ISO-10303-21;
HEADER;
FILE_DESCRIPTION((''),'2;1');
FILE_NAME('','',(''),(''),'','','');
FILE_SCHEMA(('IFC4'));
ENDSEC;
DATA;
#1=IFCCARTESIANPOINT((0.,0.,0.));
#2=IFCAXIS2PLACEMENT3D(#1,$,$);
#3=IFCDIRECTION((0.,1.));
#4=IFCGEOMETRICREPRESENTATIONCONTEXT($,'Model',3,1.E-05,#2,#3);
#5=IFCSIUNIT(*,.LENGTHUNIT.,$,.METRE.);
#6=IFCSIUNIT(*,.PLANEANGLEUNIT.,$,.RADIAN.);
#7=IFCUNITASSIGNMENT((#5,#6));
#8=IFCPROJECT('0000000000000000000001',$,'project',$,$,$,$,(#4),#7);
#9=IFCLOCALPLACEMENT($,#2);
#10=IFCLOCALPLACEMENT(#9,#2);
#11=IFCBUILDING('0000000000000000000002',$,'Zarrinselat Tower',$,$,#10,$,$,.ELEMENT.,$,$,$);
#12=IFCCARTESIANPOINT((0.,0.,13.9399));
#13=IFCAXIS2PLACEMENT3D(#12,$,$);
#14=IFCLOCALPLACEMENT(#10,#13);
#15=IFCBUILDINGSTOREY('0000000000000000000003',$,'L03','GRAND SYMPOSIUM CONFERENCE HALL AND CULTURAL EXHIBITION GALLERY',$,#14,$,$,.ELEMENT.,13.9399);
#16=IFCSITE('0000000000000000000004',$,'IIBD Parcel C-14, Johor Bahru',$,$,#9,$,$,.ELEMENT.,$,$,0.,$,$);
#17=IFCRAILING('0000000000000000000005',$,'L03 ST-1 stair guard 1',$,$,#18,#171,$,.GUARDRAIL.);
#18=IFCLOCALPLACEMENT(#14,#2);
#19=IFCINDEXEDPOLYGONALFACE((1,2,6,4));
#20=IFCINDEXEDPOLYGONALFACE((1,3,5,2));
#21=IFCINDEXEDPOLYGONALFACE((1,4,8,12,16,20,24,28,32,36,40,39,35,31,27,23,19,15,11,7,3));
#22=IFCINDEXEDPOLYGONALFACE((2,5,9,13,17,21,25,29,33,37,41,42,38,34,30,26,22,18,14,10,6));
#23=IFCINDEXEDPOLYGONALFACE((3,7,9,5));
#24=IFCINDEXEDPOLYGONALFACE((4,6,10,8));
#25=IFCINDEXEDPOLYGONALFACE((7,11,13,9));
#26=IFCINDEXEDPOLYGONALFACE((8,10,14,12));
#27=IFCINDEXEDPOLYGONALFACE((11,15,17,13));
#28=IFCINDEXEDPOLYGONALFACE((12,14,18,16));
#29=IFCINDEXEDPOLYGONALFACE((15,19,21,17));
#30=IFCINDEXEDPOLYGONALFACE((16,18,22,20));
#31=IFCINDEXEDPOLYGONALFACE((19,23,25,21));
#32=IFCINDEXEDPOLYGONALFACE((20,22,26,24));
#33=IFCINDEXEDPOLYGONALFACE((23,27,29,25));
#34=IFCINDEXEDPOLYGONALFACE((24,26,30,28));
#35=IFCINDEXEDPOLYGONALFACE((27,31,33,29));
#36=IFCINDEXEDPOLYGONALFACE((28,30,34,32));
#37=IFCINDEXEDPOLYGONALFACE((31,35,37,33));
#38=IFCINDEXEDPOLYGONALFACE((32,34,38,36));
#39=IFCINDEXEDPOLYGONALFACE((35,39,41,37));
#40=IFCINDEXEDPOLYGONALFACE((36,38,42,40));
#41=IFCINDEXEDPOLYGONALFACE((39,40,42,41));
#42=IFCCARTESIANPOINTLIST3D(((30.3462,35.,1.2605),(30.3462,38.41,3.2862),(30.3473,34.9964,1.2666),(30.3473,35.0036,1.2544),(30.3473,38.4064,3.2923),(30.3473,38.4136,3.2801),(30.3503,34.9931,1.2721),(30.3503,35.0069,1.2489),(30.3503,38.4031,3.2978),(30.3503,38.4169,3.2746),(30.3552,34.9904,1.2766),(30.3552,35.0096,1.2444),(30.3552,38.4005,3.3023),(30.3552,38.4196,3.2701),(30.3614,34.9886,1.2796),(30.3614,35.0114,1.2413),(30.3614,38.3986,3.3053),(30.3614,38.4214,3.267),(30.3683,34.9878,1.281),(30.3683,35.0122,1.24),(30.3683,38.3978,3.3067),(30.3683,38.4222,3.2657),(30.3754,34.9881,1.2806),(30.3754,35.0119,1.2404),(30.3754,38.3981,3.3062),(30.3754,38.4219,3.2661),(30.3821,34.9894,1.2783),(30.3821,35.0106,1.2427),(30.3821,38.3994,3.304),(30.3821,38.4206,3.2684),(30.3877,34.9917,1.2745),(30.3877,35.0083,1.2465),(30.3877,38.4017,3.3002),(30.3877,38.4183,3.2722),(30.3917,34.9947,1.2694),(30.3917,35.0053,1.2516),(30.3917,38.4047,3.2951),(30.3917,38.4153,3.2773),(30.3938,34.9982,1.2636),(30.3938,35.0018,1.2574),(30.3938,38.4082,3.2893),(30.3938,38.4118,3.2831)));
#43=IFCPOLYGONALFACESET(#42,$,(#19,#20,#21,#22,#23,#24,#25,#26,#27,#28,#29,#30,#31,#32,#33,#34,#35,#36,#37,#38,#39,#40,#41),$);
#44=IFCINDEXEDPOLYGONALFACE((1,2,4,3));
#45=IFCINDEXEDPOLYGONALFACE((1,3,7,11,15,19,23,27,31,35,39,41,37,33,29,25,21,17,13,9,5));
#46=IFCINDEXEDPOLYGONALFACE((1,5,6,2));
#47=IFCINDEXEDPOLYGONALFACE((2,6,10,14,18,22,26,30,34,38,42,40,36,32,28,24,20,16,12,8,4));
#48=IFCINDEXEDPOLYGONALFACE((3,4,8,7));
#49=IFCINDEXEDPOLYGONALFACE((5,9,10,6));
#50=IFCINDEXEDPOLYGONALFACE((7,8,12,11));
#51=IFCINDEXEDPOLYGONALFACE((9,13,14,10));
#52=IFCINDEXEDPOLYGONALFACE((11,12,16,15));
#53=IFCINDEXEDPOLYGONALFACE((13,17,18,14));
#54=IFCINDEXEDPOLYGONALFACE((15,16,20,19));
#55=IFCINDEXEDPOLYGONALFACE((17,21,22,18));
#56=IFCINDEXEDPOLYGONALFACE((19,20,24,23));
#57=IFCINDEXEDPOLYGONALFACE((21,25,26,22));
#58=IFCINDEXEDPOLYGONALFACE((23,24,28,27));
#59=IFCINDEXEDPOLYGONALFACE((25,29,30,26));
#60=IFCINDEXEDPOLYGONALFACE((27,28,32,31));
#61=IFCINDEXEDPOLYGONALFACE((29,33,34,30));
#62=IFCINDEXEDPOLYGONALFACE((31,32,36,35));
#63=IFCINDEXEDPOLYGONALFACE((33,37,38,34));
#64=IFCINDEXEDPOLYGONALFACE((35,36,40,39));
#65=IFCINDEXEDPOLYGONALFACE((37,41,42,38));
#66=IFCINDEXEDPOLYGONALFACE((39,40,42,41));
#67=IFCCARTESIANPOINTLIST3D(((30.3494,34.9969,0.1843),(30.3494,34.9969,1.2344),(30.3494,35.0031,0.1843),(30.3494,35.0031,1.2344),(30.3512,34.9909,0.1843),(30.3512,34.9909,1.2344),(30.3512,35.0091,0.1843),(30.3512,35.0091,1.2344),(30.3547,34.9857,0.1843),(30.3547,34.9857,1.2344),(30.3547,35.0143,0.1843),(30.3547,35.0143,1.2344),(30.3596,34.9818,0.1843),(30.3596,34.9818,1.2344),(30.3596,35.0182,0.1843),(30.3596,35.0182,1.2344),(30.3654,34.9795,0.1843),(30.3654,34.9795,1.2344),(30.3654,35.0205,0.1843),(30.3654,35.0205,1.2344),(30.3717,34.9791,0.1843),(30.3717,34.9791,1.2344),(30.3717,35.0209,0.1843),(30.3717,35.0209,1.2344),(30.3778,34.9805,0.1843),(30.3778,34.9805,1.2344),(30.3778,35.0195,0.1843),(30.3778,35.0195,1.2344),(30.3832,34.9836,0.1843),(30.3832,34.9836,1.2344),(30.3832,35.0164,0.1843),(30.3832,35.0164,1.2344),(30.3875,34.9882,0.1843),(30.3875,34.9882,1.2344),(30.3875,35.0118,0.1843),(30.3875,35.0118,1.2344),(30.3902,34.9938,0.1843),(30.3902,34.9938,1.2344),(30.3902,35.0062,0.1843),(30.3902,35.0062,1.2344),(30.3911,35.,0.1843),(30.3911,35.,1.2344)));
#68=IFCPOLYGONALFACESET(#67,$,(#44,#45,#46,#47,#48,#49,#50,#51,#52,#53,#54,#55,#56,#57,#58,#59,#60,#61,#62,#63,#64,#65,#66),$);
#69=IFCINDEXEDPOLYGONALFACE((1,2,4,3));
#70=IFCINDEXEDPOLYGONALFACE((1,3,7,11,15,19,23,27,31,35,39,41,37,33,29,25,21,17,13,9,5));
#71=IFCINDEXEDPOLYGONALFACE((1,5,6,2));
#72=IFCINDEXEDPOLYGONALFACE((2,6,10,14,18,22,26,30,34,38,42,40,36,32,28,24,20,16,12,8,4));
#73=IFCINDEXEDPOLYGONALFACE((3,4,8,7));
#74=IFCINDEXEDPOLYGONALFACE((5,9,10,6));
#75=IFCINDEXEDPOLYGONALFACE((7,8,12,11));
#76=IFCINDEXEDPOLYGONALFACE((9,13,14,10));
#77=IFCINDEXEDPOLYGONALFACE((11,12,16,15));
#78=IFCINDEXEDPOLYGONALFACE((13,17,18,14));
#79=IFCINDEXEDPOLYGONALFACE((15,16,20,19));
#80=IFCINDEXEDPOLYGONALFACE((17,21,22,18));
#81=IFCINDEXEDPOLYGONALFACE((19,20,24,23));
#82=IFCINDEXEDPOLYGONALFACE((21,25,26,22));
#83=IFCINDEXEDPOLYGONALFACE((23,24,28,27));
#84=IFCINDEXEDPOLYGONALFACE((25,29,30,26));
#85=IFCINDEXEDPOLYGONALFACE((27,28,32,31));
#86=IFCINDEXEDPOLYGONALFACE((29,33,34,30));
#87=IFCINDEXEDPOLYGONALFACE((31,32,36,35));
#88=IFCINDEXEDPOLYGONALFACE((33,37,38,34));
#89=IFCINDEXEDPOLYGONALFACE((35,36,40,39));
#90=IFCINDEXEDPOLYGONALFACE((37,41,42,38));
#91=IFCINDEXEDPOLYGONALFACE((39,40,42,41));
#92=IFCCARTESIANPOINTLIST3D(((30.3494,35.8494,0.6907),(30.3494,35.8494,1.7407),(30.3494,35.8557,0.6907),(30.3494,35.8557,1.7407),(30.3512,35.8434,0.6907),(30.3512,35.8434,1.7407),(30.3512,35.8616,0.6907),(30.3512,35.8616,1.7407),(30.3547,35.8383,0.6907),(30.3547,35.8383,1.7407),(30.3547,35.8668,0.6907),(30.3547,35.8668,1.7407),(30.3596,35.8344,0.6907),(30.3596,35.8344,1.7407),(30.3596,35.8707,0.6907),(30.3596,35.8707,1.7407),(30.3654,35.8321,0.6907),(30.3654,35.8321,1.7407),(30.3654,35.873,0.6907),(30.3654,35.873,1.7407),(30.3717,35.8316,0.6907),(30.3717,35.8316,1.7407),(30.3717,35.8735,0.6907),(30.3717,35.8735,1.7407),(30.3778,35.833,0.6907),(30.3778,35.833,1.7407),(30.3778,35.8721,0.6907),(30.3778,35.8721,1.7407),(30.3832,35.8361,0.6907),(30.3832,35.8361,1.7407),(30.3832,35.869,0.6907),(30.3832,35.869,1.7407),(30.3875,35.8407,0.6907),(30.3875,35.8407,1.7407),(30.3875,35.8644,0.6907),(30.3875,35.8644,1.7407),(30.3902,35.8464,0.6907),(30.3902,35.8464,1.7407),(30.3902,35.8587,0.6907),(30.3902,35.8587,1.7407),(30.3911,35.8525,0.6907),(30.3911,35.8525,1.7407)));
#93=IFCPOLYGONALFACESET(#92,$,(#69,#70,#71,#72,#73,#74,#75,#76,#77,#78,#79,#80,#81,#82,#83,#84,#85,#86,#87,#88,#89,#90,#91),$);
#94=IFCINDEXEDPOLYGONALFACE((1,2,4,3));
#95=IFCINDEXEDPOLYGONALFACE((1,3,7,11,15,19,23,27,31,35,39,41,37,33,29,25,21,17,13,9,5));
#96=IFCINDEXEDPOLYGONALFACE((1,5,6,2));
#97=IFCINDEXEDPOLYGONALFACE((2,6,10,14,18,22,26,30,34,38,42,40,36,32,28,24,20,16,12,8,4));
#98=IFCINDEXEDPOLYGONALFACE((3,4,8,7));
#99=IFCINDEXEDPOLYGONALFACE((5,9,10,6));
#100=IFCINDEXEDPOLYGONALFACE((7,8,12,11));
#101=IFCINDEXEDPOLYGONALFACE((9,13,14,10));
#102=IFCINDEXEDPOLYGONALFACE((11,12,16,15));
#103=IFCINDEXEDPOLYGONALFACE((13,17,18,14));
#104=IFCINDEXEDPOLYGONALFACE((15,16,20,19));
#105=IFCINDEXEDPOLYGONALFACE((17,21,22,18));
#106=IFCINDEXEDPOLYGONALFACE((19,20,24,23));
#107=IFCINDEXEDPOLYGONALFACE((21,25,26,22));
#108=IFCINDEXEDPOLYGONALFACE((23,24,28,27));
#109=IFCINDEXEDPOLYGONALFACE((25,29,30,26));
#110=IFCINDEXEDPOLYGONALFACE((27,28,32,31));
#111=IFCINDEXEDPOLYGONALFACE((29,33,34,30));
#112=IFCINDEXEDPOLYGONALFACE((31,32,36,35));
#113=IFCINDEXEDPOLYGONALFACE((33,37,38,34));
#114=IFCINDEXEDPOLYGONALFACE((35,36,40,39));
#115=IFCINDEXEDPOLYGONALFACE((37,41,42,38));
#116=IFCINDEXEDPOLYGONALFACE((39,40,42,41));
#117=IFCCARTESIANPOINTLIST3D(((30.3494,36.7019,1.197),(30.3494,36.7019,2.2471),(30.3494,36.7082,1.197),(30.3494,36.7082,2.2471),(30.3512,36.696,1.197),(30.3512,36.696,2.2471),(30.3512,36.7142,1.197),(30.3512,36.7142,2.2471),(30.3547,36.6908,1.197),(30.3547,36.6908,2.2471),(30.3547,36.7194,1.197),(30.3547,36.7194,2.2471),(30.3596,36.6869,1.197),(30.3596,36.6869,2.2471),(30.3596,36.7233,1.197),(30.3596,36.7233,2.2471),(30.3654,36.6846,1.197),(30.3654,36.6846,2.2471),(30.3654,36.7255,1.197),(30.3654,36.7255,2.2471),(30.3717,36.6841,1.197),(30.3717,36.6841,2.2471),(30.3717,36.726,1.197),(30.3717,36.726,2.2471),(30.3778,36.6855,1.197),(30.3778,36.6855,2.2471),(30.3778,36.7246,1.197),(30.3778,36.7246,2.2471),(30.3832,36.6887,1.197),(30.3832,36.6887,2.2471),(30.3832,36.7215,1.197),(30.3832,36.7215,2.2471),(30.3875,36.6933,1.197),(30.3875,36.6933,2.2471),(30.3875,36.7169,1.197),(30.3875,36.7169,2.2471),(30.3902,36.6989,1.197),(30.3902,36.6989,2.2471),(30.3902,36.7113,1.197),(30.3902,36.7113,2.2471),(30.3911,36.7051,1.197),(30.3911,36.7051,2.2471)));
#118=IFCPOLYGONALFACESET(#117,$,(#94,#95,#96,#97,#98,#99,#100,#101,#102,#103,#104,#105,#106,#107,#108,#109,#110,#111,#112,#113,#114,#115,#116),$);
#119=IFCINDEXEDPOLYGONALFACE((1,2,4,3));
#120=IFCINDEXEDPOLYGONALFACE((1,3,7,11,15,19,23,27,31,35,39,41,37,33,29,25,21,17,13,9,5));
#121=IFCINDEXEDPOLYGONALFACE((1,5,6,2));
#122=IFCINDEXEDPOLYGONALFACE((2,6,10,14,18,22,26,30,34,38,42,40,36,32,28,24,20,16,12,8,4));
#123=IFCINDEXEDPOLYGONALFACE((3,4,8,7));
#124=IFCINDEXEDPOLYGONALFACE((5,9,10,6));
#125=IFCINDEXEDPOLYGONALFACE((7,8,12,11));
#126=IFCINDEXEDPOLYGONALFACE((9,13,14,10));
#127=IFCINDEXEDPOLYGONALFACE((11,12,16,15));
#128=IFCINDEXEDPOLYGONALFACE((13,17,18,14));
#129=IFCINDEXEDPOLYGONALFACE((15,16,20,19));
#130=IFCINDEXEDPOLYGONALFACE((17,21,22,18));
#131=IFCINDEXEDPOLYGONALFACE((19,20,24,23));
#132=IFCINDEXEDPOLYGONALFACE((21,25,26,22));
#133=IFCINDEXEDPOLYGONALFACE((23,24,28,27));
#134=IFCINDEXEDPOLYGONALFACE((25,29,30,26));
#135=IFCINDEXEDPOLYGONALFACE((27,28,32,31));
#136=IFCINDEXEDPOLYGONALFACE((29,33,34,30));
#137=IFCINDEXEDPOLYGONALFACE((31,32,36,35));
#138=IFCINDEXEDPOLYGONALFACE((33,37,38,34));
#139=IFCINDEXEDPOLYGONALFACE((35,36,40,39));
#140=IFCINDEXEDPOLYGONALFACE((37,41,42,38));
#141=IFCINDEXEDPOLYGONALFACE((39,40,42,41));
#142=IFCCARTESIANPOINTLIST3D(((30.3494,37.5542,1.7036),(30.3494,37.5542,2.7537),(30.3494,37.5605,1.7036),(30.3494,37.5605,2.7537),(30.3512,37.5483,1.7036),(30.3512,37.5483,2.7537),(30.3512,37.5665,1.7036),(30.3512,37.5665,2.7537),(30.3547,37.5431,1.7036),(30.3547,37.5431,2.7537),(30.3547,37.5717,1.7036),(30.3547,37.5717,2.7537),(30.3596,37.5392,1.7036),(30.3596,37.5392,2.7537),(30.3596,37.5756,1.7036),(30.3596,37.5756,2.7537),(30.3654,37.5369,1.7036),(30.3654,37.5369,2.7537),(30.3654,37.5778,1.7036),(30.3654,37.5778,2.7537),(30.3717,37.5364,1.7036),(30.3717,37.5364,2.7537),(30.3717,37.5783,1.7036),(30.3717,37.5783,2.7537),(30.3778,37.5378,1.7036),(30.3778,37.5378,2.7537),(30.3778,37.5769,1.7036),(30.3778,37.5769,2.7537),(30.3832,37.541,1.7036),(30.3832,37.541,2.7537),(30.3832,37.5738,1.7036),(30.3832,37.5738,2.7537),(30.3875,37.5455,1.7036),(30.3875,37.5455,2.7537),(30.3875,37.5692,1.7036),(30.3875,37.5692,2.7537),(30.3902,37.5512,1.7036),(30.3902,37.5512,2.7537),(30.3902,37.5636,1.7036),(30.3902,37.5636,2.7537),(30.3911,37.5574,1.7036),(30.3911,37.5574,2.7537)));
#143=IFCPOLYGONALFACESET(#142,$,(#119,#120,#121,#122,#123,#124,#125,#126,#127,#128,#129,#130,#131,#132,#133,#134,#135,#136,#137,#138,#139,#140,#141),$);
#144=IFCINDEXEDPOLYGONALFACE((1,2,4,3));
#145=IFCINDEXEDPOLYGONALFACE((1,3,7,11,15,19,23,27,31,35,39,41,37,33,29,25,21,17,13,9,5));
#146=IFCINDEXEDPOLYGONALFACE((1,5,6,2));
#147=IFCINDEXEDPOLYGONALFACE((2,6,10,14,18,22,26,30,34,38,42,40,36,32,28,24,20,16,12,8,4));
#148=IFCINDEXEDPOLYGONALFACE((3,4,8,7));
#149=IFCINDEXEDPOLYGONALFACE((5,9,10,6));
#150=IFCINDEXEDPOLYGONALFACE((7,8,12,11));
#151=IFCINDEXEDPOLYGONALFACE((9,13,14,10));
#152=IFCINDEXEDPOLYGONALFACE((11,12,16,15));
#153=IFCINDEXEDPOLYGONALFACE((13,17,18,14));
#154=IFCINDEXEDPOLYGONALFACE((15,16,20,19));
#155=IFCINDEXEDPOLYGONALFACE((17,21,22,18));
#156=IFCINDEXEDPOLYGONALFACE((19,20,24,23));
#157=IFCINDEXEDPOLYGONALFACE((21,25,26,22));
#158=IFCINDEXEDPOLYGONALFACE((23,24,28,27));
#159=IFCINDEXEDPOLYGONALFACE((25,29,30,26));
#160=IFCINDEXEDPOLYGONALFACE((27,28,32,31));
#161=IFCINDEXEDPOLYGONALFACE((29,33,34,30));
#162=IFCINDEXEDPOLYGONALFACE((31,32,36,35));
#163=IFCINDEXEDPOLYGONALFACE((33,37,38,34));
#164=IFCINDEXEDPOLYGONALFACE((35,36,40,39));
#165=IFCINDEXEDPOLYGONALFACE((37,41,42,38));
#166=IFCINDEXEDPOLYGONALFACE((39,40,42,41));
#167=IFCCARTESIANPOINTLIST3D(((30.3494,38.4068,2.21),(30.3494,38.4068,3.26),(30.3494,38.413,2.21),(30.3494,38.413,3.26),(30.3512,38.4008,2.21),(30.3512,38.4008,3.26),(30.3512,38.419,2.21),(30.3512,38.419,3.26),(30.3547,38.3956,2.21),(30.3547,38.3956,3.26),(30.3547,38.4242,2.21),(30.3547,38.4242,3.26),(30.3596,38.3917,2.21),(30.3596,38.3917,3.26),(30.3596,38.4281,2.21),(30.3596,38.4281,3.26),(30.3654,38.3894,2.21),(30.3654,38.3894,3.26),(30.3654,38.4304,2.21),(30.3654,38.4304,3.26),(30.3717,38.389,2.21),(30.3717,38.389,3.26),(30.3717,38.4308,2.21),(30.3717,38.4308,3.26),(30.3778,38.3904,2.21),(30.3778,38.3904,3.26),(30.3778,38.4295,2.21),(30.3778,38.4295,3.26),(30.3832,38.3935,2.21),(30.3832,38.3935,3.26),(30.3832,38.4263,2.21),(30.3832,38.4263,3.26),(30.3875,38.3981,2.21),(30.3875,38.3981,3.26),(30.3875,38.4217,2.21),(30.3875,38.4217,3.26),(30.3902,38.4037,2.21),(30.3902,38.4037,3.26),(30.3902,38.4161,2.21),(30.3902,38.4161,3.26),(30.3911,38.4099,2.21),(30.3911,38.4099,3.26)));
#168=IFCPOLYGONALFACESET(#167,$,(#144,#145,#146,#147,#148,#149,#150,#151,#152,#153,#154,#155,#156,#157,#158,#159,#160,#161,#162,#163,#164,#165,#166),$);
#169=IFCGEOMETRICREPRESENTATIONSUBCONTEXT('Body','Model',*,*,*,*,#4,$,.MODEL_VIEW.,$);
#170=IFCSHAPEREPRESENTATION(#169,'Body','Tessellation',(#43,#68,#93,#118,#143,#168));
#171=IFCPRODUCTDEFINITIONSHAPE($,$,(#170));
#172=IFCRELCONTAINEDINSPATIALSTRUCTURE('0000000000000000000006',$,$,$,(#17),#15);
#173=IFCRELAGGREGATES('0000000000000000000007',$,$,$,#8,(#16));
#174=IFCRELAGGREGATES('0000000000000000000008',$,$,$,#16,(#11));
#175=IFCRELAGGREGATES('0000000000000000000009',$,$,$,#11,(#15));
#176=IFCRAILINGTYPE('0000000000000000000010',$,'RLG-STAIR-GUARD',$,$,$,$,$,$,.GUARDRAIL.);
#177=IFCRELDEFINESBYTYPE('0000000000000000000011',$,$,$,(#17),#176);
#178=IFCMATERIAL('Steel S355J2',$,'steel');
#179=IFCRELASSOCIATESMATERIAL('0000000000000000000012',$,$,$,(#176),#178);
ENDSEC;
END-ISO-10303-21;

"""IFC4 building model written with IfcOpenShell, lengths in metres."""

from ifc_helpers import new_model, si_unit, direction, frame, origin, origin_2d, place, context, subcontext, project, spatial, circle, extrude, material, type_object, element, save


model = new_model("IFC4")

# Units and contexts
model_context = context("Model", 3, precision=1e-05, world=origin(), true_north=direction((0.0, 1.0)))
body_context = subcontext(model_context, "Body", "Model", "MODEL_VIEW")
ifc_project = project(units=[si_unit("LENGTHUNIT", "METRE"), si_unit("PLANEANGLEUNIT", "RADIAN")], contexts=[model_context])

# Site, building, storey
site_placement = place(None, origin())
site = spatial("IfcSite", under=ifc_project, at=site_placement, Name="IIBD Parcel C-14, Johor Bahru", CompositionType="ELEMENT", RefElevation=0.0)
building_placement = place(site_placement, origin())
building = spatial("IfcBuilding", under=site, at=building_placement, Name="Zarrinselat Tower", CompositionType="ELEMENT")
storey_placement = place(building_placement, frame((0.0, 0.0, 13.9399)))
storey = spatial("IfcBuildingStorey", under=building, at=storey_placement, Name="L03", Description="GRAND SYMPOSIUM CONFERENCE HALL AND CULTURAL EXHIBITION GALLERY", CompositionType="ELEMENT", Elevation=13.9399)

# Railing
ifc_material_1 = material(Name="Steel S355J2", Category="steel")
railing_type_1 = type_object("IfcRailingType", Name="RLG-STAIR-GUARD", PredefinedType="GUARDRAIL", material=ifc_material_1)
railing_1_placement = place(storey_placement, frame((30.3701, 35.0, 0.1843)))
element("IfcRailing", 1, at=railing_1_placement, inside=storey, type_object=railing_type_1, Name="L03 ST-1 stair guard 1", PredefinedType="GUARDRAIL", context=body_context, shape_type="SweptSolid", body=[
    extrude(circle(Radius=0.0239, at=origin_2d()), frame((0.0, 0.0, 1.0762), z_axis=(0.0, 0.859744, 0.510725), x_axis=(-1.0, 0.0, 0.0)), (0.0, 0.0, 1.0), 3.9663),
    extrude(circle(Radius=0.021, at=origin_2d()), origin(), (0.0, 0.0, 1.0), 1.05),
    extrude(circle(Radius=0.021, at=origin_2d()), frame((0.0, 0.8525, 0.5063)), (0.0, 0.0, 1.0), 1.05),
    extrude(circle(Radius=0.021, at=origin_2d()), frame((0.0, 1.7051, 1.0127)), (0.0, 0.0, 1.0), 1.05),
    extrude(circle(Radius=0.021, at=origin_2d()), frame((0.0, 2.5574, 1.5193)), (0.0, 0.0, 1.0), 1.05),
    extrude(circle(Radius=0.021, at=origin_2d()), frame((0.0, 3.4099, 2.0256)), (0.0, 0.0, 1.0), 1.05),
])

save(model, "model.ifc")
